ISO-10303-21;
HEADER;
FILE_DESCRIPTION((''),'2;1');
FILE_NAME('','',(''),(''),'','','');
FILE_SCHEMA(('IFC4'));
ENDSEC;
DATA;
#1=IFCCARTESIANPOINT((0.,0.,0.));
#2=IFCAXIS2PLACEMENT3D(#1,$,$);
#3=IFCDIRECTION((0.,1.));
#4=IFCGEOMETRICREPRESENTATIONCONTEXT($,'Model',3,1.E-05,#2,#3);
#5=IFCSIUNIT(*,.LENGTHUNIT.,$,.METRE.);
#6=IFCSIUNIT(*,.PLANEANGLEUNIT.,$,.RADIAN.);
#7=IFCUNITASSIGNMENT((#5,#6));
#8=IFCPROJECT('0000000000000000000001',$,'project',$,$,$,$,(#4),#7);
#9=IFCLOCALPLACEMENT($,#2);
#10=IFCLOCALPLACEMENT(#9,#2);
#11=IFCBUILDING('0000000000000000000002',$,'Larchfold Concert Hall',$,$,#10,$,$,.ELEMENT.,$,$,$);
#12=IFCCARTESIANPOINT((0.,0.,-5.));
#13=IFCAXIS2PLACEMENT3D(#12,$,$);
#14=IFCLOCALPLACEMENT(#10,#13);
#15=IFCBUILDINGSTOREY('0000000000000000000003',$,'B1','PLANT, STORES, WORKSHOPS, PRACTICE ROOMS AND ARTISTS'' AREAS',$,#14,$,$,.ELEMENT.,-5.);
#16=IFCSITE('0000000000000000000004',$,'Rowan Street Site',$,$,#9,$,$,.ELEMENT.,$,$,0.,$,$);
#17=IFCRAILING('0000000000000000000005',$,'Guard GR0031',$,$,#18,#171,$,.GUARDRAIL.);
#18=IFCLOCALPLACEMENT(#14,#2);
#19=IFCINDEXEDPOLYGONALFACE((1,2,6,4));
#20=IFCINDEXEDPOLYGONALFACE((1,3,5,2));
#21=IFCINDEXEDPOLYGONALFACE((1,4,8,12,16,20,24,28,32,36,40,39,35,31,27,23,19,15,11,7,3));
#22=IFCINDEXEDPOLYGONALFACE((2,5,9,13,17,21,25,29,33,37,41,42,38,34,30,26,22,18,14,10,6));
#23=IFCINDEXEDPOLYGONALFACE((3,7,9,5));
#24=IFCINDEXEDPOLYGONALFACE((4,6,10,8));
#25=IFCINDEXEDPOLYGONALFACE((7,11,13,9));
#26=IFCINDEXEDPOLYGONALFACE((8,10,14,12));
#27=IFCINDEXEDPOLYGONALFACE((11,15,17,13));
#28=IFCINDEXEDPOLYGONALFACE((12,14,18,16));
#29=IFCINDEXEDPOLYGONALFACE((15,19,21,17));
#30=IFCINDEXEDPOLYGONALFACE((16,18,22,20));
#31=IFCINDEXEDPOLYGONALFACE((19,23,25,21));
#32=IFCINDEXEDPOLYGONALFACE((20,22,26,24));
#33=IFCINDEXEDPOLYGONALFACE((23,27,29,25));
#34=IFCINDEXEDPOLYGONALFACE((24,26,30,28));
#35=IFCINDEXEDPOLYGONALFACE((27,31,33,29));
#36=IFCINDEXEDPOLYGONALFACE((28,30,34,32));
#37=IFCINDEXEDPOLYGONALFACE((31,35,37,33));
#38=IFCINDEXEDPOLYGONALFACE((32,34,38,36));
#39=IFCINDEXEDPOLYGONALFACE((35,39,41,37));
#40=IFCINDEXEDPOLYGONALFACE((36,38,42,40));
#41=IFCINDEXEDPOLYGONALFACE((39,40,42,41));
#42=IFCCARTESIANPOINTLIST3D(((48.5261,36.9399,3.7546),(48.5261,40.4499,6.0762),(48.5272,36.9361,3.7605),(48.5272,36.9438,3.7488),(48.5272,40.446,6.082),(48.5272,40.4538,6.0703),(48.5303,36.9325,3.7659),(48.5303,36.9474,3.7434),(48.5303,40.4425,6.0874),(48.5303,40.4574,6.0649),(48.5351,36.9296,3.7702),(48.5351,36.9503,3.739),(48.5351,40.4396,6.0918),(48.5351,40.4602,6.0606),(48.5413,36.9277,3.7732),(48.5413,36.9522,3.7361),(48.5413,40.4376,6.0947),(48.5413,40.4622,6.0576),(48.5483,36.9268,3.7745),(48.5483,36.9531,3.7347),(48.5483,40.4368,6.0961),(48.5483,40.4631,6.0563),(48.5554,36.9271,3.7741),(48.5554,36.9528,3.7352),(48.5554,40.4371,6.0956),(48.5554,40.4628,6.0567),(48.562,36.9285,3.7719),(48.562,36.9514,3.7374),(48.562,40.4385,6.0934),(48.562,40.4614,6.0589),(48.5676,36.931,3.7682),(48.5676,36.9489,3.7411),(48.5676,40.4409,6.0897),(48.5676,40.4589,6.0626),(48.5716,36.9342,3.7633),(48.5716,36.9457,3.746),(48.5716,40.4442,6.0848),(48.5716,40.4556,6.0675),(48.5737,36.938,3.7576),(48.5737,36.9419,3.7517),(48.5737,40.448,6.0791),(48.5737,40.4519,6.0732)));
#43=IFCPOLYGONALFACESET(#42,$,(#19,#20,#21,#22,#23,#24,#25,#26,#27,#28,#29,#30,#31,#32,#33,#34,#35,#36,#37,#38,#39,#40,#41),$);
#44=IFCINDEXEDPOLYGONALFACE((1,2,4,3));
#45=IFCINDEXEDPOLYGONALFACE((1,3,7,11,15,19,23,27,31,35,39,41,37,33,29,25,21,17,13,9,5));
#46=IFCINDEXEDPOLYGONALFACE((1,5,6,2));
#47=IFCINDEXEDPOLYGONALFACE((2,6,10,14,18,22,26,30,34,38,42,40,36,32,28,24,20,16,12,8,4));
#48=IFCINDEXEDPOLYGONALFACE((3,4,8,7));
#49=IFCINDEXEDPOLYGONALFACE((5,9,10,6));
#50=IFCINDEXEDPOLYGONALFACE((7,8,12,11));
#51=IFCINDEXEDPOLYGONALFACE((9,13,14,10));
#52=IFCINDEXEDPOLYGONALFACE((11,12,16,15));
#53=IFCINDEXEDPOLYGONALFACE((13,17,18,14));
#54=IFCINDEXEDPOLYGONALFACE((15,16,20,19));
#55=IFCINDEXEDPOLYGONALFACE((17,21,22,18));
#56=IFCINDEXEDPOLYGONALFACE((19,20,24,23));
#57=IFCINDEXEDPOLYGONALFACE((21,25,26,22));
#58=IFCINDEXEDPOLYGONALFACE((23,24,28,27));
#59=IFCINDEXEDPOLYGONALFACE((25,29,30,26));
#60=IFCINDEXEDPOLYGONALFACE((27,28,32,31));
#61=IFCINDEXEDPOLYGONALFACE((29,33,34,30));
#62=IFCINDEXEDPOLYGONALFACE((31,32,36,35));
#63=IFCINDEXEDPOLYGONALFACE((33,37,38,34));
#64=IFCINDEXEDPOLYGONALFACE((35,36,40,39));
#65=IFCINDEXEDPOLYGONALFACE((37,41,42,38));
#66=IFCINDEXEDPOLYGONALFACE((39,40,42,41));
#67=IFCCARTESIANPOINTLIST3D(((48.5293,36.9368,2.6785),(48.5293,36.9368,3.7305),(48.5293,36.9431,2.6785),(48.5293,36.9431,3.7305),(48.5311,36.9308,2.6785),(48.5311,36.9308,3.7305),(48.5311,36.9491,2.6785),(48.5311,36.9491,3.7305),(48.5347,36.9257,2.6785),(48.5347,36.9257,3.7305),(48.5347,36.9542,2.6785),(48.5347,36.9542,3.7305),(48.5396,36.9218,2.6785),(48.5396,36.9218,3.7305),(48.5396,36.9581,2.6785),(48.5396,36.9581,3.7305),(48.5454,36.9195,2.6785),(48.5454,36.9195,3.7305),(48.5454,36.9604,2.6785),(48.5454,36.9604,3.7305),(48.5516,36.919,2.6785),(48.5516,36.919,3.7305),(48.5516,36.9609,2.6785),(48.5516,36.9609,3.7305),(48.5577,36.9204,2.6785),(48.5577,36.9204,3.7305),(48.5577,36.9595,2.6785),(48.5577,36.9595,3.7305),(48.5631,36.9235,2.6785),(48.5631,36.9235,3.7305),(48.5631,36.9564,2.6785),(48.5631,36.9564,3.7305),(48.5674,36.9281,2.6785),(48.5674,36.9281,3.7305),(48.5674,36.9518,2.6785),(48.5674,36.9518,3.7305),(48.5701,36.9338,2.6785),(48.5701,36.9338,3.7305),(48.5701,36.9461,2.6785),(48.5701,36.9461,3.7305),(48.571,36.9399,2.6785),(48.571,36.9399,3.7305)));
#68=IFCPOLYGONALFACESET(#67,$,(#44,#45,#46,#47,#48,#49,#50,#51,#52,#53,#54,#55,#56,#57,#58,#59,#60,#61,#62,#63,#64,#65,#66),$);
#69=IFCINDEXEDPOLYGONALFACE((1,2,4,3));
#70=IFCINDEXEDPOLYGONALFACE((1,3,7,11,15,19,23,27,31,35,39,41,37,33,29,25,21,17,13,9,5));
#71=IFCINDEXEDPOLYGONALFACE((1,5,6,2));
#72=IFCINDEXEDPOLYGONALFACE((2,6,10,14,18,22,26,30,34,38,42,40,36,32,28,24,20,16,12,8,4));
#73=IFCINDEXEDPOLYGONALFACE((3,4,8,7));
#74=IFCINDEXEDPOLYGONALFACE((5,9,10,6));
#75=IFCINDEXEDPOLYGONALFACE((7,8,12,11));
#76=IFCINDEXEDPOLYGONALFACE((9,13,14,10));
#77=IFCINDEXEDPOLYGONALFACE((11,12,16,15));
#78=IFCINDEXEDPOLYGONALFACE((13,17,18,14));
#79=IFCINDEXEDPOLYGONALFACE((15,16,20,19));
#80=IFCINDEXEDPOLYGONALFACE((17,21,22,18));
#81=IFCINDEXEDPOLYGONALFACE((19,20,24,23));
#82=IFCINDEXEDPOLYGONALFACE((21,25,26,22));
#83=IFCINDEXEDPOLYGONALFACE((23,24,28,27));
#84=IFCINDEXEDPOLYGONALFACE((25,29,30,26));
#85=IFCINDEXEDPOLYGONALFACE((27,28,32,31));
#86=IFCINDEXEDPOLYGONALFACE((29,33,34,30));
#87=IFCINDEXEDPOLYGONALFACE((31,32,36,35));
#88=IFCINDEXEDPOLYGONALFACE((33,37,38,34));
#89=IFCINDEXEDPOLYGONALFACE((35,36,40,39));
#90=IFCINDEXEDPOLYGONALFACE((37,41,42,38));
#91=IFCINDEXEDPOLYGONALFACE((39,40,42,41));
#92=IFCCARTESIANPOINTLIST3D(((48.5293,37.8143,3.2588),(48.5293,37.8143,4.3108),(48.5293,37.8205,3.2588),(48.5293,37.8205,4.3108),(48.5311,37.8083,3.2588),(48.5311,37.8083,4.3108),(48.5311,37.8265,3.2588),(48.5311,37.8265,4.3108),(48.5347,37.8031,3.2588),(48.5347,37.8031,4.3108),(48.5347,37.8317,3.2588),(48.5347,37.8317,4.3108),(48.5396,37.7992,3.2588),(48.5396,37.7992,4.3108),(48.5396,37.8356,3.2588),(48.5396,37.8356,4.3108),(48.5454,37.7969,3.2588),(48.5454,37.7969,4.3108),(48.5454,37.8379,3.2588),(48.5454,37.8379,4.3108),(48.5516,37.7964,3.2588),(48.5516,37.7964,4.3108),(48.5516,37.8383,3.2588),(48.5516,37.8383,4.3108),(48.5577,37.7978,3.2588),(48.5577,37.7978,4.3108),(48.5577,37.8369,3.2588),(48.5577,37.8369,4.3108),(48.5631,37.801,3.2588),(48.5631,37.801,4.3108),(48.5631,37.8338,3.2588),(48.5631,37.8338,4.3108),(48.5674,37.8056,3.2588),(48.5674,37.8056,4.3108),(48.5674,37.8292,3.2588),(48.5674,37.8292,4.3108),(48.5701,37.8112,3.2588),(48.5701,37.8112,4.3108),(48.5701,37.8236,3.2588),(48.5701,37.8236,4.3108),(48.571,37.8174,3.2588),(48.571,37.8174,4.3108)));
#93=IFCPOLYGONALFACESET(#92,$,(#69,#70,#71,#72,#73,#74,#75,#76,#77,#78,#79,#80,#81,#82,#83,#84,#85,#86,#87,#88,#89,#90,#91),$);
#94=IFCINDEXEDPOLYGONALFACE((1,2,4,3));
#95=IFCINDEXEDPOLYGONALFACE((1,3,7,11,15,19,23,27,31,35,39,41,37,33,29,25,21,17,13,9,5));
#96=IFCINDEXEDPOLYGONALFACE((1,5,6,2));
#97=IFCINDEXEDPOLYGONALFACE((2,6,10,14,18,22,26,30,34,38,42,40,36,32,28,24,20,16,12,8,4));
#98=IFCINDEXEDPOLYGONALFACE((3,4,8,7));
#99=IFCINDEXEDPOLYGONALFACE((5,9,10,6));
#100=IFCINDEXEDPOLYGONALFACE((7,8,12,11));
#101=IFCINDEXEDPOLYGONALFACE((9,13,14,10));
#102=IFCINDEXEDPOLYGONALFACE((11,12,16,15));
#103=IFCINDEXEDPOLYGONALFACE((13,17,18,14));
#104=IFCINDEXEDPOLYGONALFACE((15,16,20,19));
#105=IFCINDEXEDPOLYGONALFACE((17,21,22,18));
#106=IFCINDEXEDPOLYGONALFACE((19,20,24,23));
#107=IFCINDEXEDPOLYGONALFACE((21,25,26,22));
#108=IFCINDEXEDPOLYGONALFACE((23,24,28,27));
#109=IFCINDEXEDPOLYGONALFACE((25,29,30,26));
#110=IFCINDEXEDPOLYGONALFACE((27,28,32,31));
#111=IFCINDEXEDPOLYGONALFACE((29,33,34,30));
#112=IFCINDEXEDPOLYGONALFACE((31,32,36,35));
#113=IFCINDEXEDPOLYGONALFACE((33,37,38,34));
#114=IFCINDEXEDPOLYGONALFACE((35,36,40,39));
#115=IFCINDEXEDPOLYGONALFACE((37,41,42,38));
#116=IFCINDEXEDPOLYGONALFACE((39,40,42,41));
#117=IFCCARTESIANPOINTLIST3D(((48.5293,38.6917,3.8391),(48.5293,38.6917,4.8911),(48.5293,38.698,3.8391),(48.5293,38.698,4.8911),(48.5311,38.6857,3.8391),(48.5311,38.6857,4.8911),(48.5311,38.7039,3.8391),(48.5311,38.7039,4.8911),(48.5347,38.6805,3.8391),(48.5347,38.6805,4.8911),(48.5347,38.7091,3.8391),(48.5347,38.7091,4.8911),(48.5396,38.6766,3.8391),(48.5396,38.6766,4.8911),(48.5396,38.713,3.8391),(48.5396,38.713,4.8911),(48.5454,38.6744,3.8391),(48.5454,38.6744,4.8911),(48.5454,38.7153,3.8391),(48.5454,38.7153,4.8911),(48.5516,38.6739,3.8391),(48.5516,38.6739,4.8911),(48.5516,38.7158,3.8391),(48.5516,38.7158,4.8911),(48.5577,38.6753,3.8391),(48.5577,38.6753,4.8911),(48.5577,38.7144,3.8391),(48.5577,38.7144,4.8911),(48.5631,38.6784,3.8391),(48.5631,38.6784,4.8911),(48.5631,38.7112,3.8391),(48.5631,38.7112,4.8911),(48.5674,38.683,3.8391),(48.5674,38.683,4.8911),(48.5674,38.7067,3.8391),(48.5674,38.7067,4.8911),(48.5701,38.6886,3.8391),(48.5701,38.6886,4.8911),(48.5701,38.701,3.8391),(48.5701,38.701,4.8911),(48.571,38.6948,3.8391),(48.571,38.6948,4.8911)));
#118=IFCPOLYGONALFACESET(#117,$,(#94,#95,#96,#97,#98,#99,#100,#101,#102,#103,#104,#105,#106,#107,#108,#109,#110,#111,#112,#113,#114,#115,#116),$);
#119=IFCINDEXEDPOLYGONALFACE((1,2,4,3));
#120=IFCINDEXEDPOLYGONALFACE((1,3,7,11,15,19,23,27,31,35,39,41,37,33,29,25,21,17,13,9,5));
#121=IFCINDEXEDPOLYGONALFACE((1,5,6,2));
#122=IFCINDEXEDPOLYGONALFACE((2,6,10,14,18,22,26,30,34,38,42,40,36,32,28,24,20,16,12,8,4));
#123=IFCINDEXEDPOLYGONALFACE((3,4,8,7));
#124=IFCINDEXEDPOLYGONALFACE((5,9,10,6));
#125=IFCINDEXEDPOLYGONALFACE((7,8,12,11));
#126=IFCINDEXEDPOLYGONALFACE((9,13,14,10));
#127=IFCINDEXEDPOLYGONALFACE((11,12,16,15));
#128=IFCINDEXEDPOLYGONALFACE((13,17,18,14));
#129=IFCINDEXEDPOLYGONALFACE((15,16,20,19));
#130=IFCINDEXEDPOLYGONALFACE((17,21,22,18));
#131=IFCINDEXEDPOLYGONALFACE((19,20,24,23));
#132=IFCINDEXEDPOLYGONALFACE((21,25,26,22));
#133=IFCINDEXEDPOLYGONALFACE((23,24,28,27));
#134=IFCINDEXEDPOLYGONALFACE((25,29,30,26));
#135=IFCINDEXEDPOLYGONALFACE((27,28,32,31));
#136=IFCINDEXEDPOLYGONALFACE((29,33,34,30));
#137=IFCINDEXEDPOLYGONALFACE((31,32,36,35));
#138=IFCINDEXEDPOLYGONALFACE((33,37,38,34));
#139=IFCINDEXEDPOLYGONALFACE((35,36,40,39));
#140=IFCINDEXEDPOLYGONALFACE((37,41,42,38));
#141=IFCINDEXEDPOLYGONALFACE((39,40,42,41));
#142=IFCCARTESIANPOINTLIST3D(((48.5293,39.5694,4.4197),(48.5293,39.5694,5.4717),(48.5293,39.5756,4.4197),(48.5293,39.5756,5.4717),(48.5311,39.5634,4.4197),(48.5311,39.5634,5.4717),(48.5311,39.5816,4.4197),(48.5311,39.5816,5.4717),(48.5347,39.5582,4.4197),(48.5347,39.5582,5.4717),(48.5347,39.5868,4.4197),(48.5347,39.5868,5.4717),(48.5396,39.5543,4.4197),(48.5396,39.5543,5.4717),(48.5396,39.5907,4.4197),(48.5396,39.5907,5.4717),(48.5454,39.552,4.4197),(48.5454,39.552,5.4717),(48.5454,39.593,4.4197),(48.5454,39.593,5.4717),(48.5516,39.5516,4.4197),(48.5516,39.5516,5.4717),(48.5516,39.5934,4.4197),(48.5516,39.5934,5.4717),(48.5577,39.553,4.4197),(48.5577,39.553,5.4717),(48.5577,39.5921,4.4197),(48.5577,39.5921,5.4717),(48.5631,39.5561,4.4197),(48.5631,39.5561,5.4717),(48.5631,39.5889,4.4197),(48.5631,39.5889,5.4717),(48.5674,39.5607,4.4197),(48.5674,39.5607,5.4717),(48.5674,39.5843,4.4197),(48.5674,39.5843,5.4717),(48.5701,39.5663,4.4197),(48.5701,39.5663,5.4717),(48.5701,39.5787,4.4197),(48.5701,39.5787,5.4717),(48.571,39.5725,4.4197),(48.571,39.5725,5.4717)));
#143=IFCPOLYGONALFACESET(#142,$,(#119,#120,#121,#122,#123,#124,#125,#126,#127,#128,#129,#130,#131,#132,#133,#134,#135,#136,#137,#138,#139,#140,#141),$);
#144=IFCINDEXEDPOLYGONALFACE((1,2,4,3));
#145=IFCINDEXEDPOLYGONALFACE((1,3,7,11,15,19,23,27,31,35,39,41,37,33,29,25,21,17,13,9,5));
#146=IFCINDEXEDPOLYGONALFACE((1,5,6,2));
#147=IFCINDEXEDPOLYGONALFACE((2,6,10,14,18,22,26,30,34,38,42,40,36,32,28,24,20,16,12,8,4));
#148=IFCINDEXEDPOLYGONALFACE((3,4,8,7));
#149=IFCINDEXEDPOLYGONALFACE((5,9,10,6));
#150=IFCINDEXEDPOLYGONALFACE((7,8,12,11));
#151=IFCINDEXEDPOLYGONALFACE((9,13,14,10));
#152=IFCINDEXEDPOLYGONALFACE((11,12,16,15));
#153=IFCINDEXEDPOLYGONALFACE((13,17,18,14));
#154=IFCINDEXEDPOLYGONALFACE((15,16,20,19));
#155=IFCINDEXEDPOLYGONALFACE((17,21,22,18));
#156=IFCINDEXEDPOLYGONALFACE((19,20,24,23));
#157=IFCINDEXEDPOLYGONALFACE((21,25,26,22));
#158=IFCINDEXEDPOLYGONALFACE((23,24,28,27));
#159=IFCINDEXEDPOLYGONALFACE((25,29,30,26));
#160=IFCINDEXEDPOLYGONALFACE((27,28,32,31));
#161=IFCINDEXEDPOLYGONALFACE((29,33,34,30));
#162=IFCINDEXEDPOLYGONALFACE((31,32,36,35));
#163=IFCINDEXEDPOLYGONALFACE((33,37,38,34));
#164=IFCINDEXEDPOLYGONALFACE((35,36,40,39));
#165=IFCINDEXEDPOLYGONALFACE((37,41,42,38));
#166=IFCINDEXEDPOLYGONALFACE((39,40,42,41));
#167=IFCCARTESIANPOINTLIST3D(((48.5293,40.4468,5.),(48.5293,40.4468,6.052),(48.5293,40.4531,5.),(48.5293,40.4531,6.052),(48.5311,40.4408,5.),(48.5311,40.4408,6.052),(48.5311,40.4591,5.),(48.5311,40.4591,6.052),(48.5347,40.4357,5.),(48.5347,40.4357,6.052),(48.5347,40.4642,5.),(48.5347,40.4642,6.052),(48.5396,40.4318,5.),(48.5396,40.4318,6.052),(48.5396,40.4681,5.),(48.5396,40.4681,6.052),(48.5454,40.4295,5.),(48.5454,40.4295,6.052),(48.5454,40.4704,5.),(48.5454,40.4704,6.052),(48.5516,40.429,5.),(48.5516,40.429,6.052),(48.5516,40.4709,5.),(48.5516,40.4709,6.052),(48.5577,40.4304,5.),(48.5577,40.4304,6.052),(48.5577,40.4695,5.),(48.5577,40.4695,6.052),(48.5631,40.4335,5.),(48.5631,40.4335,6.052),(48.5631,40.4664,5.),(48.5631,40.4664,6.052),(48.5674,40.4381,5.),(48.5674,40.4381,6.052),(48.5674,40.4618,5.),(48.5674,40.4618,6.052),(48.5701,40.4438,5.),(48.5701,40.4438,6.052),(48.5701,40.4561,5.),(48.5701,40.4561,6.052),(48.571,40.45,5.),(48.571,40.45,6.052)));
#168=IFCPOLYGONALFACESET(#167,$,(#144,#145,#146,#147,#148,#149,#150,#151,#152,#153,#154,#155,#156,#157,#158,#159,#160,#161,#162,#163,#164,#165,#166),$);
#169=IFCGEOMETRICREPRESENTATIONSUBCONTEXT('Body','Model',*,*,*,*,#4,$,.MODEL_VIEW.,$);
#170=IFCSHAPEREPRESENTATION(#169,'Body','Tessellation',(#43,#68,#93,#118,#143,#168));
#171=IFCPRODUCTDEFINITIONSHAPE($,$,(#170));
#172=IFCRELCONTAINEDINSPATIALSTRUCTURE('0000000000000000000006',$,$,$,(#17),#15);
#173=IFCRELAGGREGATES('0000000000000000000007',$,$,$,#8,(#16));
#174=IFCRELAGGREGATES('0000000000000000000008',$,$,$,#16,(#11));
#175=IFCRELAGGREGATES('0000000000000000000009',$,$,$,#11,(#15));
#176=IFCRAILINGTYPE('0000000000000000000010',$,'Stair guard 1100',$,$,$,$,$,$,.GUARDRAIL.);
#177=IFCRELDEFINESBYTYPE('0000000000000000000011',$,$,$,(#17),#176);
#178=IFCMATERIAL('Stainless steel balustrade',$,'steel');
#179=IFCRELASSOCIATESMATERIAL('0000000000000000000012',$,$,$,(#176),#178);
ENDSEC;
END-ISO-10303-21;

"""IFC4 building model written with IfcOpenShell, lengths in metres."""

from ifc_helpers import new_model, si_unit, direction, frame, origin, origin_2d, place, context, subcontext, project, spatial, circle, extrude, material, type_object, element, save


model = new_model("IFC4")

# Units and contexts
model_context = context("Model", 3, precision=1e-05, world=origin(), true_north=direction((0.0, 1.0)))
body_context = subcontext(model_context, "Body", "Model", "MODEL_VIEW")
ifc_project = project(units=[si_unit("LENGTHUNIT", "METRE"), si_unit("PLANEANGLEUNIT", "RADIAN")], contexts=[model_context])

# Site, building, storey
site_placement = place(None, origin())
site = spatial("IfcSite", under=ifc_project, at=site_placement, Name="Rowan Street Site", CompositionType="ELEMENT", RefElevation=0.0)
building_placement = place(site_placement, origin())
building = spatial("IfcBuilding", under=site, at=building_placement, Name="Larchfold Concert Hall", CompositionType="ELEMENT")
storey_placement = place(building_placement, frame((0.0, 0.0, -5.0)))
storey = spatial("IfcBuildingStorey", under=building, at=storey_placement, Name="B1", Description="PLANT, STORES, WORKSHOPS, PRACTICE ROOMS AND ARTISTS' AREAS", CompositionType="ELEMENT", Elevation=-5.0)

# Railing
ifc_material_1 = material(Name="Stainless steel balustrade", Category="steel")
railing_type_1 = type_object("IfcRailingType", Name="Stair guard 1100", PredefinedType="GUARDRAIL", material=ifc_material_1)
railing_1_placement = place(storey_placement, frame((48.55, 36.9399, 2.6785)))
element("IfcRailing", 1, at=railing_1_placement, inside=storey, type_object=railing_type_1, Name="Guard GR0031", PredefinedType="GUARDRAIL", context=body_context, shape_type="SweptSolid", body=[
    extrude(circle(Radius=0.0239, at=origin_2d()), frame((0.0, 0.0, 1.0762), z_axis=(0.0, 0.834071, 0.551657), x_axis=(-1.0, 0.0, 0.0)), (0.0, 0.0, 1.0), 4.2083),
    extrude(circle(Radius=0.021, at=origin_2d()), origin(), (0.0, 0.0, 1.0), 1.052),
    extrude(circle(Radius=0.021, at=origin_2d()), frame((0.0, 0.8774, 0.5803)), (0.0, 0.0, 1.0), 1.052),
    extrude(circle(Radius=0.021, at=origin_2d()), frame((0.0, 1.7549, 1.1606)), (0.0, 0.0, 1.0), 1.052),
    extrude(circle(Radius=0.021, at=origin_2d()), frame((0.0, 2.6326, 1.7412)), (0.0, 0.0, 1.0), 1.052),
    extrude(circle(Radius=0.021, at=origin_2d()), frame((0.0, 3.51, 2.3215)), (0.0, 0.0, 1.0), 1.052),
])

save(model, "model.ifc")
